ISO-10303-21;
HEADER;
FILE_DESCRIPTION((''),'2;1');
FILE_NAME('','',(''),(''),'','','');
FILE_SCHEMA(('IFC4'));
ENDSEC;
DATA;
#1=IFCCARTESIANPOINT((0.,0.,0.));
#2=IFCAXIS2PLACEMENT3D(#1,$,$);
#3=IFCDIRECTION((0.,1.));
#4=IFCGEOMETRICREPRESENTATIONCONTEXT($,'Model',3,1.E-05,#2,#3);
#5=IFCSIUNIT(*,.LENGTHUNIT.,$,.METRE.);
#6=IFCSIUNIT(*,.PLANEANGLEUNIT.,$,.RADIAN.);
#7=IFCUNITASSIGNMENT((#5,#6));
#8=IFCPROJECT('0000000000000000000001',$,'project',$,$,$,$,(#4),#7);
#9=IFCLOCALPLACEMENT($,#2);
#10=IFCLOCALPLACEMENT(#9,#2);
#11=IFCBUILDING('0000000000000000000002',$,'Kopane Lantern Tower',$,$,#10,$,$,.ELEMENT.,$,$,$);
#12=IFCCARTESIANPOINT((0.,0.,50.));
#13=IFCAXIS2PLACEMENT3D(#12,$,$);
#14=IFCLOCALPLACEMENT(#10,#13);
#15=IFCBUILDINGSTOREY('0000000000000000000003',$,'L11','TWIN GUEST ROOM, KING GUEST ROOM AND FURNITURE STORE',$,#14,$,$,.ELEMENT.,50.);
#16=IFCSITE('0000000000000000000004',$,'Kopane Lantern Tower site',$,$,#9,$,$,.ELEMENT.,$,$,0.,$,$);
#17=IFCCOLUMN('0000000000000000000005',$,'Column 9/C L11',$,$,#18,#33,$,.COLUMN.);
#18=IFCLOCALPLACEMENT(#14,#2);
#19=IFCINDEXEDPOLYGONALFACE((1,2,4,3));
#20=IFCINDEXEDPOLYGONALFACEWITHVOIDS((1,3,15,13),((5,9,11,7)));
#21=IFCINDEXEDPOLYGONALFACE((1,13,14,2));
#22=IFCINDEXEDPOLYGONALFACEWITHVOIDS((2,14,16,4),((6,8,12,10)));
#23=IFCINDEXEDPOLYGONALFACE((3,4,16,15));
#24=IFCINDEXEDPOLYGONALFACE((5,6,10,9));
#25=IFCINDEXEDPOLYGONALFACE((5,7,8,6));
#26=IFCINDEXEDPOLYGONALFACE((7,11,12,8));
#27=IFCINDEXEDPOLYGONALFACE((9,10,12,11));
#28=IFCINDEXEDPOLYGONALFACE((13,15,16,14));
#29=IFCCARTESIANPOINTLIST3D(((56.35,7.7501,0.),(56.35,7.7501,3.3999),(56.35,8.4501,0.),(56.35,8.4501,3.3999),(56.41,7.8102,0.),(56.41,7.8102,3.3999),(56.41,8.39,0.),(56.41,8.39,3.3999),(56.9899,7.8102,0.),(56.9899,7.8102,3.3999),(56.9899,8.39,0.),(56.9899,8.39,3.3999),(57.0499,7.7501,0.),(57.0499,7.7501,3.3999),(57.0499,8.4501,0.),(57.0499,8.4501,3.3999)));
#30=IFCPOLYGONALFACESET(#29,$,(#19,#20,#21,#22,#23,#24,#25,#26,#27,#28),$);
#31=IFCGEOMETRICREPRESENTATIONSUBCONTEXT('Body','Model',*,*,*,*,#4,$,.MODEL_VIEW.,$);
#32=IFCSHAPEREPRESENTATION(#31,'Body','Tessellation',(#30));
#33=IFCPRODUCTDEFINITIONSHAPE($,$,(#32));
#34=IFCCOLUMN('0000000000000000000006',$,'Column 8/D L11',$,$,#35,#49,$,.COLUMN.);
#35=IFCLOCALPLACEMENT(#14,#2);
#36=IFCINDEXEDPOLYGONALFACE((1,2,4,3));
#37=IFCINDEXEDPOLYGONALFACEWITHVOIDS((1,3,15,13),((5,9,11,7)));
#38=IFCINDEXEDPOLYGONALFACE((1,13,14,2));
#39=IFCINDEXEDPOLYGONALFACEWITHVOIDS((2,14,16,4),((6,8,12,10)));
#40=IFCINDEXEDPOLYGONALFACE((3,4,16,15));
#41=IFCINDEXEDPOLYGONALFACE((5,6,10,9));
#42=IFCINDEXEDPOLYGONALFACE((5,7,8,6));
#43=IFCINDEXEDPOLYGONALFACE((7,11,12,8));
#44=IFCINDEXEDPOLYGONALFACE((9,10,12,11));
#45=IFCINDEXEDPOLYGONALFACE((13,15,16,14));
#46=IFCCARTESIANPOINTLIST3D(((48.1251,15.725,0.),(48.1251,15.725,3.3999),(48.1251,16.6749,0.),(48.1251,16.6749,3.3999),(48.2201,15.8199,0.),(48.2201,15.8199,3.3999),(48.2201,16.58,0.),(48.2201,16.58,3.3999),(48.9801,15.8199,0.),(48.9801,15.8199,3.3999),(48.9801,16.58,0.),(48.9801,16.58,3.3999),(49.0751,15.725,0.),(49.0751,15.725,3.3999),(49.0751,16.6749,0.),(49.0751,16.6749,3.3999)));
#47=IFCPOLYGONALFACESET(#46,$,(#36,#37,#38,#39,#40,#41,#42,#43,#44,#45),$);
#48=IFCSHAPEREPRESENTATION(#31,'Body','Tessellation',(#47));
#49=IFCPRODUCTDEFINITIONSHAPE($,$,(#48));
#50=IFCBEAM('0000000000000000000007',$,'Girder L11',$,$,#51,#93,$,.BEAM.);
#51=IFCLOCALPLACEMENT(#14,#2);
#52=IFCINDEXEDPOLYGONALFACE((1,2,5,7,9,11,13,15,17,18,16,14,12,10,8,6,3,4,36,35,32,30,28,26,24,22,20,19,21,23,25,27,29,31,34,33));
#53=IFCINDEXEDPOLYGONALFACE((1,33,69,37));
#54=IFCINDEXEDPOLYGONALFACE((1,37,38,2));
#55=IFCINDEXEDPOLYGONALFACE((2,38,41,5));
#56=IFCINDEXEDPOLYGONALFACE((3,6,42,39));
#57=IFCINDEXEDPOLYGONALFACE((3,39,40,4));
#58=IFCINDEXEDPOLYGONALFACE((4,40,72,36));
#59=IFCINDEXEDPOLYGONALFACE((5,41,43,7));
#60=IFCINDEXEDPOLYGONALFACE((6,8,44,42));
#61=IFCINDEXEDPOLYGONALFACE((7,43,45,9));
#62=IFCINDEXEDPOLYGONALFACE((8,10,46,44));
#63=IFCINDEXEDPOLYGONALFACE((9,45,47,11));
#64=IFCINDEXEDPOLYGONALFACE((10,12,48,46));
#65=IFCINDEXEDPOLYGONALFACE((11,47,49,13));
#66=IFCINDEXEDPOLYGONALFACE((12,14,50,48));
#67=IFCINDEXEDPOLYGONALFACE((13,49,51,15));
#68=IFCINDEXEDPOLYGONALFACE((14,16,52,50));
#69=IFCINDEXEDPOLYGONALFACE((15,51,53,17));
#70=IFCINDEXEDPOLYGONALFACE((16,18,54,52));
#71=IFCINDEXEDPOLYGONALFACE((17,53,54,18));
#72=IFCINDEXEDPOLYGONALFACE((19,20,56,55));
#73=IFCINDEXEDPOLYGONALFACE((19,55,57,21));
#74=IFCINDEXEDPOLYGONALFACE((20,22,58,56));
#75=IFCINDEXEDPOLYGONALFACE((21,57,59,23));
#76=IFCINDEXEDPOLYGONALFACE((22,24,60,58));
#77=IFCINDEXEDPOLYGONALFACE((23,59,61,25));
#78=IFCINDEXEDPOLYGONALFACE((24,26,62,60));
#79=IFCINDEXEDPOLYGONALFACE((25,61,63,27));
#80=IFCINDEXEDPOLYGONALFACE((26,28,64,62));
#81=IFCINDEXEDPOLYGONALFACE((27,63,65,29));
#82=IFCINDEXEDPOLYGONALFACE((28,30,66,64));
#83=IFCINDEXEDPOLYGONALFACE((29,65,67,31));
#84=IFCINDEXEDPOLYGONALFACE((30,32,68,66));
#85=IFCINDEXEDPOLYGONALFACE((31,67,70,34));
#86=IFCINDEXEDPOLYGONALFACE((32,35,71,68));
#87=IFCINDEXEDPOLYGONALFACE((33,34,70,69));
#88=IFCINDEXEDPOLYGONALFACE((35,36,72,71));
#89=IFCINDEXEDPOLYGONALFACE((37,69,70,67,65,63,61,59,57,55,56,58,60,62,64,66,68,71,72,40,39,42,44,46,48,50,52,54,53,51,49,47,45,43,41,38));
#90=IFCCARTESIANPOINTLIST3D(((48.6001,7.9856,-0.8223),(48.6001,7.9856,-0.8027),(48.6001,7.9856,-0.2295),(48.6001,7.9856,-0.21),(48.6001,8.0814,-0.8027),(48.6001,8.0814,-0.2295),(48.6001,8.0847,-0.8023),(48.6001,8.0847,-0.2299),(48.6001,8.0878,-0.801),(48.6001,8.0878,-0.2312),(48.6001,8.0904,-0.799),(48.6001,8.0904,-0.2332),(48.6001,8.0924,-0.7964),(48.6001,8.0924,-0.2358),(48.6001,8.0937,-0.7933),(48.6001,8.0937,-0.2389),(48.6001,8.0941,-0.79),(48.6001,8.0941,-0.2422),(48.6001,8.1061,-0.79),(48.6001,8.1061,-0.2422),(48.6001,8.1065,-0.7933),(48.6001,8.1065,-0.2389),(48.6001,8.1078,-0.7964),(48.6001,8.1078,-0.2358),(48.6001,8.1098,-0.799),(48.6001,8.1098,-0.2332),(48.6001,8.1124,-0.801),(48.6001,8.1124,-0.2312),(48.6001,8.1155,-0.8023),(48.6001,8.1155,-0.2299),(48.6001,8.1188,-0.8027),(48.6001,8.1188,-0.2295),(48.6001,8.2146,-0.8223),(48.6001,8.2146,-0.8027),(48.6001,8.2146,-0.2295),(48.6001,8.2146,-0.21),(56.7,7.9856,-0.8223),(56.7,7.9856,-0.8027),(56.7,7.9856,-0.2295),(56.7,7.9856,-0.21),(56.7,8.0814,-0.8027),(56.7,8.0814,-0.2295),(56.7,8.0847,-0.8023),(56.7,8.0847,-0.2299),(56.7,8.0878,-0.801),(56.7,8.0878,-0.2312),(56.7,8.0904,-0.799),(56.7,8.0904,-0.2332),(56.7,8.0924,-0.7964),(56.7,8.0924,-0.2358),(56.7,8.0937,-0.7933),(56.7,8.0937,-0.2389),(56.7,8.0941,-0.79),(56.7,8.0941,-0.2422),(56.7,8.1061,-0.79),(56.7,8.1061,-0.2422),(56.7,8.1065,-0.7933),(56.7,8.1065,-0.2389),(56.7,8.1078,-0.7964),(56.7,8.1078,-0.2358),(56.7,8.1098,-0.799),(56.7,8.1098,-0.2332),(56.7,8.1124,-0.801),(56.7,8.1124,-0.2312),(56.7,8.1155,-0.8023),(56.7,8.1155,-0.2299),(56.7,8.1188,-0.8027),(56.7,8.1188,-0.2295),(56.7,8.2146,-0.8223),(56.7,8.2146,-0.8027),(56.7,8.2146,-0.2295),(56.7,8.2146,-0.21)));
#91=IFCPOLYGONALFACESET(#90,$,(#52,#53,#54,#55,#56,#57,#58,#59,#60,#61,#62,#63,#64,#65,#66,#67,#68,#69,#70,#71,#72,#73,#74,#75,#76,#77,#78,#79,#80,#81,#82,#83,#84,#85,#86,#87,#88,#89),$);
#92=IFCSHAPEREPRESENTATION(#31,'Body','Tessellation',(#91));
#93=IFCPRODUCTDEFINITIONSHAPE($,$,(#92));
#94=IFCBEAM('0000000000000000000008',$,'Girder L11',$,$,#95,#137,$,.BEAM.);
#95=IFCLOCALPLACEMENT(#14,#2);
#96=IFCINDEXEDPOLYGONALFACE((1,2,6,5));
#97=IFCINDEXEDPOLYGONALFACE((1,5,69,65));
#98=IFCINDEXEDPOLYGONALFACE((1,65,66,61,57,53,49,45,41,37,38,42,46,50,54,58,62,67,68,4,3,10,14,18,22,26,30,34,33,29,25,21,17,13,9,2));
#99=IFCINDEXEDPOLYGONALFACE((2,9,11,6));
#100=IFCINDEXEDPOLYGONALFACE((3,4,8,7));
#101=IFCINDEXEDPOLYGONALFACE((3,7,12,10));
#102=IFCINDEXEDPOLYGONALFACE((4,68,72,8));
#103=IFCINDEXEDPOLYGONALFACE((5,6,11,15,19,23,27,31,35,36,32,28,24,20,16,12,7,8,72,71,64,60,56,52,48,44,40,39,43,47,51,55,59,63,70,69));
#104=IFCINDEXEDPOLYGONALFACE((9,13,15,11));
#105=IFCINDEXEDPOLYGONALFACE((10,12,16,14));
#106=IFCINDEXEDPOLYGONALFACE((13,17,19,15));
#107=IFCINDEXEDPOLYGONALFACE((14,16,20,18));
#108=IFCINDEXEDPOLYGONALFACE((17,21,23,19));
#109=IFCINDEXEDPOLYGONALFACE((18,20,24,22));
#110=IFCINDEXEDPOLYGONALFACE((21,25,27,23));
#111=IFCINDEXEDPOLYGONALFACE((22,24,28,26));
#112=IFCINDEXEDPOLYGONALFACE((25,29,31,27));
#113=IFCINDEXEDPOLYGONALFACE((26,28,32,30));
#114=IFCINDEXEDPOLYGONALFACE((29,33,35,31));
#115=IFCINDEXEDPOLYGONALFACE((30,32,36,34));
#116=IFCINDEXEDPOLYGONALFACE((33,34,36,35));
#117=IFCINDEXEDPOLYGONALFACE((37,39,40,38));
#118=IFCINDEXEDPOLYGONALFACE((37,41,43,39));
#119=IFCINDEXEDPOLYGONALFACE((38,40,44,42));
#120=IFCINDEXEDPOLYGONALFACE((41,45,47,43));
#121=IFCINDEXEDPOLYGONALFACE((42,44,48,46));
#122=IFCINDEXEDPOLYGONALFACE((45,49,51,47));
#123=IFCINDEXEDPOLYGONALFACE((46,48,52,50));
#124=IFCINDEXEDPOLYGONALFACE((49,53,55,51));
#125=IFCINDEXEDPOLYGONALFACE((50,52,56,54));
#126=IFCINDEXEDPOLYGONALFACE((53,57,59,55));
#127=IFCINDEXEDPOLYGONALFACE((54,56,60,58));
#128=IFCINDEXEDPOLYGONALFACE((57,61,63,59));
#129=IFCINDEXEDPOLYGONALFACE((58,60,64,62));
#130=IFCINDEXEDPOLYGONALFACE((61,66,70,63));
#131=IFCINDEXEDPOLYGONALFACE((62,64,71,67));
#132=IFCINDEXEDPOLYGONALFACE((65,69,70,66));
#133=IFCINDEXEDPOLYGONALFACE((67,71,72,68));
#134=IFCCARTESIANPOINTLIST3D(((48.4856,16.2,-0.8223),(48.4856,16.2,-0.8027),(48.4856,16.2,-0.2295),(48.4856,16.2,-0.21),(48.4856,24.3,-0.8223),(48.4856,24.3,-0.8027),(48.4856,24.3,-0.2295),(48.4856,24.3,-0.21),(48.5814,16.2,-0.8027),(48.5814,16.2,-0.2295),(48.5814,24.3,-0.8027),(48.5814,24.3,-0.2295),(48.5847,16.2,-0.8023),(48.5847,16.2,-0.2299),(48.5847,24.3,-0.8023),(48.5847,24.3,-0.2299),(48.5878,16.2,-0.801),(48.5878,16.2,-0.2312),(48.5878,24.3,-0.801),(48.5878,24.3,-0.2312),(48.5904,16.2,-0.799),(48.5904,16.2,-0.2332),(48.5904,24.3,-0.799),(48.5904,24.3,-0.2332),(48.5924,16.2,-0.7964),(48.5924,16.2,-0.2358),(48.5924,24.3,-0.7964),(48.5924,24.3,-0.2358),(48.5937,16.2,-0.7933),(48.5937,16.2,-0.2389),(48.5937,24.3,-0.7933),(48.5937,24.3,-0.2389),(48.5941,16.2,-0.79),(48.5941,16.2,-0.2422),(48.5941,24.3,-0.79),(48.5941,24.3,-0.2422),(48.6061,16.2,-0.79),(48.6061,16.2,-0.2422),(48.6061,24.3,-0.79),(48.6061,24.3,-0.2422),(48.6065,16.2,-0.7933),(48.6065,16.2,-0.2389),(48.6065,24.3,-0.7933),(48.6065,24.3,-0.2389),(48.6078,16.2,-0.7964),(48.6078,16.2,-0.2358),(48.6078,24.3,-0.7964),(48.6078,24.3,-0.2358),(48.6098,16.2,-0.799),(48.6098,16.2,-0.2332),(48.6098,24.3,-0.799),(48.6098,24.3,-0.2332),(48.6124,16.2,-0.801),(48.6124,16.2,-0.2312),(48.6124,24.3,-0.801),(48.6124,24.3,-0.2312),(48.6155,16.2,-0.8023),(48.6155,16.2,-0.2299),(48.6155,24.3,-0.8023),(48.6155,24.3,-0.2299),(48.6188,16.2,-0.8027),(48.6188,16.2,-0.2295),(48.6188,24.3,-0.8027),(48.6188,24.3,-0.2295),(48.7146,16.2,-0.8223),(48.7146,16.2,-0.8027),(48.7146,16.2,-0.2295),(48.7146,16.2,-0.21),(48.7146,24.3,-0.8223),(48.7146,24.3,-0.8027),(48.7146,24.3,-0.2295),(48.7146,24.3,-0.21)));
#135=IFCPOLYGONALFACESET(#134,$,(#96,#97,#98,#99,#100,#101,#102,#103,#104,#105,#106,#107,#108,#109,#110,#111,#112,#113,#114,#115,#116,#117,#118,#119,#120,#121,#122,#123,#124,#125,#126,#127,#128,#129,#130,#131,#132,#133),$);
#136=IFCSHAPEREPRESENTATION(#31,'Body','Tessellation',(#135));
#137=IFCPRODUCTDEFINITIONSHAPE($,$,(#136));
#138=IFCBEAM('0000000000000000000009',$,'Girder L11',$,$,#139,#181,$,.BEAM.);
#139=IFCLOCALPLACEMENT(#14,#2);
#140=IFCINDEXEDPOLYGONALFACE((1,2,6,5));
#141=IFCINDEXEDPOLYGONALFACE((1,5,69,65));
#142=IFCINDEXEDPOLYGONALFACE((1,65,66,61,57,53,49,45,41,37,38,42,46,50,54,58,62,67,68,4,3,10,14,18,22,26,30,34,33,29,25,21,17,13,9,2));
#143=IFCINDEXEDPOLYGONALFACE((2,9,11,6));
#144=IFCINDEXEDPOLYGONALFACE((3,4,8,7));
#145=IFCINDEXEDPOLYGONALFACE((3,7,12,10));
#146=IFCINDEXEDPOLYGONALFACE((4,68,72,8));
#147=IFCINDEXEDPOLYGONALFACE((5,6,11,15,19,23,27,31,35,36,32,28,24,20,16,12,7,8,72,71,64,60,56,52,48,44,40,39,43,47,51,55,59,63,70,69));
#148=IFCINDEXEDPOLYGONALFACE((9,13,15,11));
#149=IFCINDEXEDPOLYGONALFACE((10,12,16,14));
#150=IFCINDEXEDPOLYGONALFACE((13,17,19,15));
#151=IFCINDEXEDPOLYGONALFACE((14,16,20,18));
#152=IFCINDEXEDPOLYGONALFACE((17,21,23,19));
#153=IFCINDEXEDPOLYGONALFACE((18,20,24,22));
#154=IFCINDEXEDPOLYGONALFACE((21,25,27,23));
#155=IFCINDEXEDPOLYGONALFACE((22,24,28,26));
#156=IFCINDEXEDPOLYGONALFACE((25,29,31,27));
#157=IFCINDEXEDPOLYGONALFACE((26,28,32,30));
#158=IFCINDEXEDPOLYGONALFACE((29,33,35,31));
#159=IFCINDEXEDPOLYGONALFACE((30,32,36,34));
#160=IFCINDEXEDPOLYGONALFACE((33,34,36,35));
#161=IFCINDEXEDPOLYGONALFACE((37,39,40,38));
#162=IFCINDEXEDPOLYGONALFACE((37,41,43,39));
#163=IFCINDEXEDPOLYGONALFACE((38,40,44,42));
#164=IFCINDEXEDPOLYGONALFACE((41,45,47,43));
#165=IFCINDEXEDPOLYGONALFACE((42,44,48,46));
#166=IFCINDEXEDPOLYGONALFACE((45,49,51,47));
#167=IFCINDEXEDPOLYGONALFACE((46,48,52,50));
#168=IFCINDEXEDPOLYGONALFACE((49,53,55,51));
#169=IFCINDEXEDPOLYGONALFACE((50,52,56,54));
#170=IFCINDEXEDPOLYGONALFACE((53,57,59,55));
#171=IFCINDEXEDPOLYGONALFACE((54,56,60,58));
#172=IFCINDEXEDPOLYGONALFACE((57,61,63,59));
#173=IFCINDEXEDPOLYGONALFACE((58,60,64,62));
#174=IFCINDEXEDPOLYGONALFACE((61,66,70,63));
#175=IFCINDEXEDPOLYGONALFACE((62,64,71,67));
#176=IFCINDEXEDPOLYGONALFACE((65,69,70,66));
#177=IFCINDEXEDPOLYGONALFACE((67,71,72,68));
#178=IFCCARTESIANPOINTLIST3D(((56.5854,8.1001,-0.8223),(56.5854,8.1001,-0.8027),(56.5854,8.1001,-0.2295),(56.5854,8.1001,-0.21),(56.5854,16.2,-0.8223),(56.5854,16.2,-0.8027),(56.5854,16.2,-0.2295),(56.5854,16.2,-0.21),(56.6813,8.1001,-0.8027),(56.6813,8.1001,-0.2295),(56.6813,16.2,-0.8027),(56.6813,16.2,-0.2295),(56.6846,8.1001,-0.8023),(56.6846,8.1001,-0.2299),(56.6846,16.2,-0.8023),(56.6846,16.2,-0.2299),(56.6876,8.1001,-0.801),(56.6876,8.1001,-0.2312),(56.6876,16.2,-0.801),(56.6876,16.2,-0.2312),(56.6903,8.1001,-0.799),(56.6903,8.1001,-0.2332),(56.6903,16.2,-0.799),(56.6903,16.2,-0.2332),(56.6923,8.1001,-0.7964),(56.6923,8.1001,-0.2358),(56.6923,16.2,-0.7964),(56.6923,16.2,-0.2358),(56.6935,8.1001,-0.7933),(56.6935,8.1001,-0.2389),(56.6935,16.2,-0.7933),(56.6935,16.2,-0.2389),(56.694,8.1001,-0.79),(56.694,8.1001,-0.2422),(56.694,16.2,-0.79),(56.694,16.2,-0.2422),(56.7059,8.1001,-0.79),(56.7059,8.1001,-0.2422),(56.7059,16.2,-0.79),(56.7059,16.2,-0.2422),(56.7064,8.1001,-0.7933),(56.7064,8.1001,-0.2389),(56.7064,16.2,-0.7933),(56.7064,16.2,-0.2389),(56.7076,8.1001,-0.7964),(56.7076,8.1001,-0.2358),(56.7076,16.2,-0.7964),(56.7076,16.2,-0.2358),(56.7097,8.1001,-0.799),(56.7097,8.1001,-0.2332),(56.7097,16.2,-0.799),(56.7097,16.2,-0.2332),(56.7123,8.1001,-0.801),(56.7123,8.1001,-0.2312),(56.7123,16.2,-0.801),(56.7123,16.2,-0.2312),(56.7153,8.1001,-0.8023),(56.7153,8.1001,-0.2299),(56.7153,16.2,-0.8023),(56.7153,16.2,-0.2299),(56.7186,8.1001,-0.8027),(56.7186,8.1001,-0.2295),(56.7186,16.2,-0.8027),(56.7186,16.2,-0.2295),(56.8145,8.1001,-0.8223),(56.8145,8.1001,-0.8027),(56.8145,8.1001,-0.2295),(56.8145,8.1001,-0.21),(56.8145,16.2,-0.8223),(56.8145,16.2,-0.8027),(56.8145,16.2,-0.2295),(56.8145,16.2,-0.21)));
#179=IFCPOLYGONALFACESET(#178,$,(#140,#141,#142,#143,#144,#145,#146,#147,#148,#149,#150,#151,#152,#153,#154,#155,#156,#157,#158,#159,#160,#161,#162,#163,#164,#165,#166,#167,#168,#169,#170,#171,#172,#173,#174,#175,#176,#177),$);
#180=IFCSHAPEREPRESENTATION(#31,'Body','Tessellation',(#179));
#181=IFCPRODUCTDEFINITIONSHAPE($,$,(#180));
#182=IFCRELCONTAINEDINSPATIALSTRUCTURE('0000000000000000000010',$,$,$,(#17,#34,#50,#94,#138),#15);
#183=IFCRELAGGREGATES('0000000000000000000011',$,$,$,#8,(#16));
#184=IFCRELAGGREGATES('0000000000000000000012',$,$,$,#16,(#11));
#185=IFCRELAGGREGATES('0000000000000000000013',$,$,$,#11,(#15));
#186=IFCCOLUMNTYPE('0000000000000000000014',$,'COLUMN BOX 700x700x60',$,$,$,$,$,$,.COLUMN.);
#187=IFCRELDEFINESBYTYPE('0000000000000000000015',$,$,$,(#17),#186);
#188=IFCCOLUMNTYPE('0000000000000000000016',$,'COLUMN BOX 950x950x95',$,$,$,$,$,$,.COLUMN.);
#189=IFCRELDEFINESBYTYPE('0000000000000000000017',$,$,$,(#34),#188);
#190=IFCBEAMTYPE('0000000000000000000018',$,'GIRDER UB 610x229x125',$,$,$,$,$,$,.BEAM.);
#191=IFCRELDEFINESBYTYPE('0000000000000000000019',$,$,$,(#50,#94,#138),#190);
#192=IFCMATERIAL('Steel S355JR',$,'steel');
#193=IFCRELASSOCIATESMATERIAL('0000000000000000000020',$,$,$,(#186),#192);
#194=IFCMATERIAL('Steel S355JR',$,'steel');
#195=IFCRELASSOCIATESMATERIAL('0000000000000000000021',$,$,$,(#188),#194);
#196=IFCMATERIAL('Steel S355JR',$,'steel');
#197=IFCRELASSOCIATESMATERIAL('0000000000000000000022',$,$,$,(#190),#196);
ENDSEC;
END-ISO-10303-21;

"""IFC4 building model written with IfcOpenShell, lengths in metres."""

from ifc_helpers import new_model, si_unit, direction, frame, origin, origin_2d, place, context, subcontext, project, spatial, hollow_rectangle, i_section, extrude, material, material_profile, profile_set, type_object, element, save


model = new_model("IFC4")

# Units and contexts
model_context = context("Model", 3, precision=1e-05, world=origin(), true_north=direction((0.0, 1.0)))
body_context = subcontext(model_context, "Body", "Model", "MODEL_VIEW")
ifc_project = project(units=[si_unit("LENGTHUNIT", "METRE"), si_unit("PLANEANGLEUNIT", "RADIAN")], contexts=[model_context])

# Site, building, storey
site_placement = place(None, origin())
site = spatial("IfcSite", under=ifc_project, at=site_placement, Name="Kopane Lantern Tower site", CompositionType="ELEMENT", RefElevation=0.0)
building_placement = place(site_placement, origin())
building = spatial("IfcBuilding", under=site, at=building_placement, Name="Kopane Lantern Tower", CompositionType="ELEMENT")
storey_placement = place(building_placement, frame((0.0, 0.0, 50.0)))
storey = spatial("IfcBuildingStorey", under=building, at=storey_placement, Name="L11", Description="TWIN GUEST ROOM, KING GUEST ROOM AND FURNITURE STORE", CompositionType="ELEMENT", Elevation=50.0)

# Columns
ifc_material_1 = material(Name="Steel S355JR", Category="steel")
ifc_material_profile_1 = material_profile(ifc_material_1, hollow_rectangle(XDim=0.7, YDim=0.7, WallThickness=0.0601, at=origin_2d()), Name="BOX 700x700x60")
ifc_profile_set_1 = profile_set([ifc_material_profile_1], Name="Steel S355JR")
column_type_1 = type_object("IfcColumnType", Name="COLUMN BOX 700x700x60", PredefinedType="COLUMN", material=ifc_profile_set_1)
column_1_placement = place(storey_placement, frame((56.7, 8.1001, 0.0), z_axis=(0.0, 0.0, 1.0), x_axis=(1.0, 0.0, 0.0)))
element("IfcColumn", 1, at=column_1_placement, inside=storey, type_object=column_type_1, Name="Column 9/C L11", PredefinedType="COLUMN", context=body_context, shape_type="SweptSolid", body=[
    extrude(hollow_rectangle(XDim=0.7, YDim=0.7, WallThickness=0.0601, at=origin_2d()), origin(), (0.0, 0.0, 1.0), 3.3999),
])
ifc_material_2 = material(Name="Steel S355JR", Category="steel")
ifc_material_profile_2 = material_profile(ifc_material_2, hollow_rectangle(XDim=0.95, YDim=0.95, WallThickness=0.095, at=origin_2d()), Name="BOX 950x950x95")
ifc_profile_set_2 = profile_set([ifc_material_profile_2], Name="Steel S355JR")
column_type_2 = type_object("IfcColumnType", Name="COLUMN BOX 950x950x95", PredefinedType="COLUMN", material=ifc_profile_set_2)
column_2_placement = place(storey_placement, frame((48.6001, 16.2, 0.0), z_axis=(0.0, 0.0, 1.0), x_axis=(1.0, 0.0, 0.0)))
element("IfcColumn", 2, at=column_2_placement, inside=storey, type_object=column_type_2, Name="Column 8/D L11", PredefinedType="COLUMN", context=body_context, shape_type="SweptSolid", body=[
    extrude(hollow_rectangle(XDim=0.95, YDim=0.95, WallThickness=0.095, at=origin_2d()), origin(), (0.0, 0.0, 1.0), 3.3999),
])

# Beams
ifc_material_3 = material(Name="Steel S355JR", Category="steel")
ifc_material_profile_3 = material_profile(ifc_material_3, i_section(OverallWidth=0.229, OverallDepth=0.6123, WebThickness=0.012, FlangeThickness=0.0195, FilletRadius=0.0127, at=origin_2d()), Name="UB 610x229x125")
ifc_profile_set_3 = profile_set([ifc_material_profile_3], Name="Steel S355JR")
beam_type = type_object("IfcBeamType", Name="GIRDER UB 610x229x125", PredefinedType="BEAM", material=ifc_profile_set_3)
beam_1_placement = place(storey_placement, frame((48.6001, 8.1001, -0.5161), z_axis=(1.0, 0.0, 0.0), x_axis=(0.0, 1.0, 0.0)))
element("IfcBeam", 3, at=beam_1_placement, inside=storey, type_object=beam_type, Name="Girder L11", PredefinedType="BEAM", context=body_context, shape_type="SweptSolid", body=[
    extrude(i_section(OverallWidth=0.229, OverallDepth=0.6123, WebThickness=0.012, FlangeThickness=0.0195, FilletRadius=0.0127, at=origin_2d()), origin(), (0.0, 0.0, 1.0), 8.0999),
])
beam_2_placement = place(storey_placement, frame((48.6001, 16.2, -0.5161), z_axis=(0.0, 1.0, 0.0), x_axis=(-1.0, 0.0, 0.0)))
element("IfcBeam", 4, at=beam_2_placement, inside=storey, type_object=beam_type, Name="Girder L11", PredefinedType="BEAM", context=body_context, shape_type="SweptSolid", body=[
    extrude(i_section(OverallWidth=0.229, OverallDepth=0.6123, WebThickness=0.012, FlangeThickness=0.0195, FilletRadius=0.0127, at=origin_2d()), origin(), (0.0, 0.0, 1.0), 8.1001),
])
beam_3_placement = place(storey_placement, frame((56.7, 8.1001, -0.5161), z_axis=(0.0, 1.0, 0.0), x_axis=(-1.0, 0.0, 0.0)))
element("IfcBeam", 5, at=beam_3_placement, inside=storey, type_object=beam_type, Name="Girder L11", PredefinedType="BEAM", context=body_context, shape_type="SweptSolid", body=[
    extrude(i_section(OverallWidth=0.229, OverallDepth=0.6123, WebThickness=0.012, FlangeThickness=0.0195, FilletRadius=0.0127, at=origin_2d()), origin(), (0.0, 0.0, 1.0), 8.0999),
])

save(model, "model.ifc")
